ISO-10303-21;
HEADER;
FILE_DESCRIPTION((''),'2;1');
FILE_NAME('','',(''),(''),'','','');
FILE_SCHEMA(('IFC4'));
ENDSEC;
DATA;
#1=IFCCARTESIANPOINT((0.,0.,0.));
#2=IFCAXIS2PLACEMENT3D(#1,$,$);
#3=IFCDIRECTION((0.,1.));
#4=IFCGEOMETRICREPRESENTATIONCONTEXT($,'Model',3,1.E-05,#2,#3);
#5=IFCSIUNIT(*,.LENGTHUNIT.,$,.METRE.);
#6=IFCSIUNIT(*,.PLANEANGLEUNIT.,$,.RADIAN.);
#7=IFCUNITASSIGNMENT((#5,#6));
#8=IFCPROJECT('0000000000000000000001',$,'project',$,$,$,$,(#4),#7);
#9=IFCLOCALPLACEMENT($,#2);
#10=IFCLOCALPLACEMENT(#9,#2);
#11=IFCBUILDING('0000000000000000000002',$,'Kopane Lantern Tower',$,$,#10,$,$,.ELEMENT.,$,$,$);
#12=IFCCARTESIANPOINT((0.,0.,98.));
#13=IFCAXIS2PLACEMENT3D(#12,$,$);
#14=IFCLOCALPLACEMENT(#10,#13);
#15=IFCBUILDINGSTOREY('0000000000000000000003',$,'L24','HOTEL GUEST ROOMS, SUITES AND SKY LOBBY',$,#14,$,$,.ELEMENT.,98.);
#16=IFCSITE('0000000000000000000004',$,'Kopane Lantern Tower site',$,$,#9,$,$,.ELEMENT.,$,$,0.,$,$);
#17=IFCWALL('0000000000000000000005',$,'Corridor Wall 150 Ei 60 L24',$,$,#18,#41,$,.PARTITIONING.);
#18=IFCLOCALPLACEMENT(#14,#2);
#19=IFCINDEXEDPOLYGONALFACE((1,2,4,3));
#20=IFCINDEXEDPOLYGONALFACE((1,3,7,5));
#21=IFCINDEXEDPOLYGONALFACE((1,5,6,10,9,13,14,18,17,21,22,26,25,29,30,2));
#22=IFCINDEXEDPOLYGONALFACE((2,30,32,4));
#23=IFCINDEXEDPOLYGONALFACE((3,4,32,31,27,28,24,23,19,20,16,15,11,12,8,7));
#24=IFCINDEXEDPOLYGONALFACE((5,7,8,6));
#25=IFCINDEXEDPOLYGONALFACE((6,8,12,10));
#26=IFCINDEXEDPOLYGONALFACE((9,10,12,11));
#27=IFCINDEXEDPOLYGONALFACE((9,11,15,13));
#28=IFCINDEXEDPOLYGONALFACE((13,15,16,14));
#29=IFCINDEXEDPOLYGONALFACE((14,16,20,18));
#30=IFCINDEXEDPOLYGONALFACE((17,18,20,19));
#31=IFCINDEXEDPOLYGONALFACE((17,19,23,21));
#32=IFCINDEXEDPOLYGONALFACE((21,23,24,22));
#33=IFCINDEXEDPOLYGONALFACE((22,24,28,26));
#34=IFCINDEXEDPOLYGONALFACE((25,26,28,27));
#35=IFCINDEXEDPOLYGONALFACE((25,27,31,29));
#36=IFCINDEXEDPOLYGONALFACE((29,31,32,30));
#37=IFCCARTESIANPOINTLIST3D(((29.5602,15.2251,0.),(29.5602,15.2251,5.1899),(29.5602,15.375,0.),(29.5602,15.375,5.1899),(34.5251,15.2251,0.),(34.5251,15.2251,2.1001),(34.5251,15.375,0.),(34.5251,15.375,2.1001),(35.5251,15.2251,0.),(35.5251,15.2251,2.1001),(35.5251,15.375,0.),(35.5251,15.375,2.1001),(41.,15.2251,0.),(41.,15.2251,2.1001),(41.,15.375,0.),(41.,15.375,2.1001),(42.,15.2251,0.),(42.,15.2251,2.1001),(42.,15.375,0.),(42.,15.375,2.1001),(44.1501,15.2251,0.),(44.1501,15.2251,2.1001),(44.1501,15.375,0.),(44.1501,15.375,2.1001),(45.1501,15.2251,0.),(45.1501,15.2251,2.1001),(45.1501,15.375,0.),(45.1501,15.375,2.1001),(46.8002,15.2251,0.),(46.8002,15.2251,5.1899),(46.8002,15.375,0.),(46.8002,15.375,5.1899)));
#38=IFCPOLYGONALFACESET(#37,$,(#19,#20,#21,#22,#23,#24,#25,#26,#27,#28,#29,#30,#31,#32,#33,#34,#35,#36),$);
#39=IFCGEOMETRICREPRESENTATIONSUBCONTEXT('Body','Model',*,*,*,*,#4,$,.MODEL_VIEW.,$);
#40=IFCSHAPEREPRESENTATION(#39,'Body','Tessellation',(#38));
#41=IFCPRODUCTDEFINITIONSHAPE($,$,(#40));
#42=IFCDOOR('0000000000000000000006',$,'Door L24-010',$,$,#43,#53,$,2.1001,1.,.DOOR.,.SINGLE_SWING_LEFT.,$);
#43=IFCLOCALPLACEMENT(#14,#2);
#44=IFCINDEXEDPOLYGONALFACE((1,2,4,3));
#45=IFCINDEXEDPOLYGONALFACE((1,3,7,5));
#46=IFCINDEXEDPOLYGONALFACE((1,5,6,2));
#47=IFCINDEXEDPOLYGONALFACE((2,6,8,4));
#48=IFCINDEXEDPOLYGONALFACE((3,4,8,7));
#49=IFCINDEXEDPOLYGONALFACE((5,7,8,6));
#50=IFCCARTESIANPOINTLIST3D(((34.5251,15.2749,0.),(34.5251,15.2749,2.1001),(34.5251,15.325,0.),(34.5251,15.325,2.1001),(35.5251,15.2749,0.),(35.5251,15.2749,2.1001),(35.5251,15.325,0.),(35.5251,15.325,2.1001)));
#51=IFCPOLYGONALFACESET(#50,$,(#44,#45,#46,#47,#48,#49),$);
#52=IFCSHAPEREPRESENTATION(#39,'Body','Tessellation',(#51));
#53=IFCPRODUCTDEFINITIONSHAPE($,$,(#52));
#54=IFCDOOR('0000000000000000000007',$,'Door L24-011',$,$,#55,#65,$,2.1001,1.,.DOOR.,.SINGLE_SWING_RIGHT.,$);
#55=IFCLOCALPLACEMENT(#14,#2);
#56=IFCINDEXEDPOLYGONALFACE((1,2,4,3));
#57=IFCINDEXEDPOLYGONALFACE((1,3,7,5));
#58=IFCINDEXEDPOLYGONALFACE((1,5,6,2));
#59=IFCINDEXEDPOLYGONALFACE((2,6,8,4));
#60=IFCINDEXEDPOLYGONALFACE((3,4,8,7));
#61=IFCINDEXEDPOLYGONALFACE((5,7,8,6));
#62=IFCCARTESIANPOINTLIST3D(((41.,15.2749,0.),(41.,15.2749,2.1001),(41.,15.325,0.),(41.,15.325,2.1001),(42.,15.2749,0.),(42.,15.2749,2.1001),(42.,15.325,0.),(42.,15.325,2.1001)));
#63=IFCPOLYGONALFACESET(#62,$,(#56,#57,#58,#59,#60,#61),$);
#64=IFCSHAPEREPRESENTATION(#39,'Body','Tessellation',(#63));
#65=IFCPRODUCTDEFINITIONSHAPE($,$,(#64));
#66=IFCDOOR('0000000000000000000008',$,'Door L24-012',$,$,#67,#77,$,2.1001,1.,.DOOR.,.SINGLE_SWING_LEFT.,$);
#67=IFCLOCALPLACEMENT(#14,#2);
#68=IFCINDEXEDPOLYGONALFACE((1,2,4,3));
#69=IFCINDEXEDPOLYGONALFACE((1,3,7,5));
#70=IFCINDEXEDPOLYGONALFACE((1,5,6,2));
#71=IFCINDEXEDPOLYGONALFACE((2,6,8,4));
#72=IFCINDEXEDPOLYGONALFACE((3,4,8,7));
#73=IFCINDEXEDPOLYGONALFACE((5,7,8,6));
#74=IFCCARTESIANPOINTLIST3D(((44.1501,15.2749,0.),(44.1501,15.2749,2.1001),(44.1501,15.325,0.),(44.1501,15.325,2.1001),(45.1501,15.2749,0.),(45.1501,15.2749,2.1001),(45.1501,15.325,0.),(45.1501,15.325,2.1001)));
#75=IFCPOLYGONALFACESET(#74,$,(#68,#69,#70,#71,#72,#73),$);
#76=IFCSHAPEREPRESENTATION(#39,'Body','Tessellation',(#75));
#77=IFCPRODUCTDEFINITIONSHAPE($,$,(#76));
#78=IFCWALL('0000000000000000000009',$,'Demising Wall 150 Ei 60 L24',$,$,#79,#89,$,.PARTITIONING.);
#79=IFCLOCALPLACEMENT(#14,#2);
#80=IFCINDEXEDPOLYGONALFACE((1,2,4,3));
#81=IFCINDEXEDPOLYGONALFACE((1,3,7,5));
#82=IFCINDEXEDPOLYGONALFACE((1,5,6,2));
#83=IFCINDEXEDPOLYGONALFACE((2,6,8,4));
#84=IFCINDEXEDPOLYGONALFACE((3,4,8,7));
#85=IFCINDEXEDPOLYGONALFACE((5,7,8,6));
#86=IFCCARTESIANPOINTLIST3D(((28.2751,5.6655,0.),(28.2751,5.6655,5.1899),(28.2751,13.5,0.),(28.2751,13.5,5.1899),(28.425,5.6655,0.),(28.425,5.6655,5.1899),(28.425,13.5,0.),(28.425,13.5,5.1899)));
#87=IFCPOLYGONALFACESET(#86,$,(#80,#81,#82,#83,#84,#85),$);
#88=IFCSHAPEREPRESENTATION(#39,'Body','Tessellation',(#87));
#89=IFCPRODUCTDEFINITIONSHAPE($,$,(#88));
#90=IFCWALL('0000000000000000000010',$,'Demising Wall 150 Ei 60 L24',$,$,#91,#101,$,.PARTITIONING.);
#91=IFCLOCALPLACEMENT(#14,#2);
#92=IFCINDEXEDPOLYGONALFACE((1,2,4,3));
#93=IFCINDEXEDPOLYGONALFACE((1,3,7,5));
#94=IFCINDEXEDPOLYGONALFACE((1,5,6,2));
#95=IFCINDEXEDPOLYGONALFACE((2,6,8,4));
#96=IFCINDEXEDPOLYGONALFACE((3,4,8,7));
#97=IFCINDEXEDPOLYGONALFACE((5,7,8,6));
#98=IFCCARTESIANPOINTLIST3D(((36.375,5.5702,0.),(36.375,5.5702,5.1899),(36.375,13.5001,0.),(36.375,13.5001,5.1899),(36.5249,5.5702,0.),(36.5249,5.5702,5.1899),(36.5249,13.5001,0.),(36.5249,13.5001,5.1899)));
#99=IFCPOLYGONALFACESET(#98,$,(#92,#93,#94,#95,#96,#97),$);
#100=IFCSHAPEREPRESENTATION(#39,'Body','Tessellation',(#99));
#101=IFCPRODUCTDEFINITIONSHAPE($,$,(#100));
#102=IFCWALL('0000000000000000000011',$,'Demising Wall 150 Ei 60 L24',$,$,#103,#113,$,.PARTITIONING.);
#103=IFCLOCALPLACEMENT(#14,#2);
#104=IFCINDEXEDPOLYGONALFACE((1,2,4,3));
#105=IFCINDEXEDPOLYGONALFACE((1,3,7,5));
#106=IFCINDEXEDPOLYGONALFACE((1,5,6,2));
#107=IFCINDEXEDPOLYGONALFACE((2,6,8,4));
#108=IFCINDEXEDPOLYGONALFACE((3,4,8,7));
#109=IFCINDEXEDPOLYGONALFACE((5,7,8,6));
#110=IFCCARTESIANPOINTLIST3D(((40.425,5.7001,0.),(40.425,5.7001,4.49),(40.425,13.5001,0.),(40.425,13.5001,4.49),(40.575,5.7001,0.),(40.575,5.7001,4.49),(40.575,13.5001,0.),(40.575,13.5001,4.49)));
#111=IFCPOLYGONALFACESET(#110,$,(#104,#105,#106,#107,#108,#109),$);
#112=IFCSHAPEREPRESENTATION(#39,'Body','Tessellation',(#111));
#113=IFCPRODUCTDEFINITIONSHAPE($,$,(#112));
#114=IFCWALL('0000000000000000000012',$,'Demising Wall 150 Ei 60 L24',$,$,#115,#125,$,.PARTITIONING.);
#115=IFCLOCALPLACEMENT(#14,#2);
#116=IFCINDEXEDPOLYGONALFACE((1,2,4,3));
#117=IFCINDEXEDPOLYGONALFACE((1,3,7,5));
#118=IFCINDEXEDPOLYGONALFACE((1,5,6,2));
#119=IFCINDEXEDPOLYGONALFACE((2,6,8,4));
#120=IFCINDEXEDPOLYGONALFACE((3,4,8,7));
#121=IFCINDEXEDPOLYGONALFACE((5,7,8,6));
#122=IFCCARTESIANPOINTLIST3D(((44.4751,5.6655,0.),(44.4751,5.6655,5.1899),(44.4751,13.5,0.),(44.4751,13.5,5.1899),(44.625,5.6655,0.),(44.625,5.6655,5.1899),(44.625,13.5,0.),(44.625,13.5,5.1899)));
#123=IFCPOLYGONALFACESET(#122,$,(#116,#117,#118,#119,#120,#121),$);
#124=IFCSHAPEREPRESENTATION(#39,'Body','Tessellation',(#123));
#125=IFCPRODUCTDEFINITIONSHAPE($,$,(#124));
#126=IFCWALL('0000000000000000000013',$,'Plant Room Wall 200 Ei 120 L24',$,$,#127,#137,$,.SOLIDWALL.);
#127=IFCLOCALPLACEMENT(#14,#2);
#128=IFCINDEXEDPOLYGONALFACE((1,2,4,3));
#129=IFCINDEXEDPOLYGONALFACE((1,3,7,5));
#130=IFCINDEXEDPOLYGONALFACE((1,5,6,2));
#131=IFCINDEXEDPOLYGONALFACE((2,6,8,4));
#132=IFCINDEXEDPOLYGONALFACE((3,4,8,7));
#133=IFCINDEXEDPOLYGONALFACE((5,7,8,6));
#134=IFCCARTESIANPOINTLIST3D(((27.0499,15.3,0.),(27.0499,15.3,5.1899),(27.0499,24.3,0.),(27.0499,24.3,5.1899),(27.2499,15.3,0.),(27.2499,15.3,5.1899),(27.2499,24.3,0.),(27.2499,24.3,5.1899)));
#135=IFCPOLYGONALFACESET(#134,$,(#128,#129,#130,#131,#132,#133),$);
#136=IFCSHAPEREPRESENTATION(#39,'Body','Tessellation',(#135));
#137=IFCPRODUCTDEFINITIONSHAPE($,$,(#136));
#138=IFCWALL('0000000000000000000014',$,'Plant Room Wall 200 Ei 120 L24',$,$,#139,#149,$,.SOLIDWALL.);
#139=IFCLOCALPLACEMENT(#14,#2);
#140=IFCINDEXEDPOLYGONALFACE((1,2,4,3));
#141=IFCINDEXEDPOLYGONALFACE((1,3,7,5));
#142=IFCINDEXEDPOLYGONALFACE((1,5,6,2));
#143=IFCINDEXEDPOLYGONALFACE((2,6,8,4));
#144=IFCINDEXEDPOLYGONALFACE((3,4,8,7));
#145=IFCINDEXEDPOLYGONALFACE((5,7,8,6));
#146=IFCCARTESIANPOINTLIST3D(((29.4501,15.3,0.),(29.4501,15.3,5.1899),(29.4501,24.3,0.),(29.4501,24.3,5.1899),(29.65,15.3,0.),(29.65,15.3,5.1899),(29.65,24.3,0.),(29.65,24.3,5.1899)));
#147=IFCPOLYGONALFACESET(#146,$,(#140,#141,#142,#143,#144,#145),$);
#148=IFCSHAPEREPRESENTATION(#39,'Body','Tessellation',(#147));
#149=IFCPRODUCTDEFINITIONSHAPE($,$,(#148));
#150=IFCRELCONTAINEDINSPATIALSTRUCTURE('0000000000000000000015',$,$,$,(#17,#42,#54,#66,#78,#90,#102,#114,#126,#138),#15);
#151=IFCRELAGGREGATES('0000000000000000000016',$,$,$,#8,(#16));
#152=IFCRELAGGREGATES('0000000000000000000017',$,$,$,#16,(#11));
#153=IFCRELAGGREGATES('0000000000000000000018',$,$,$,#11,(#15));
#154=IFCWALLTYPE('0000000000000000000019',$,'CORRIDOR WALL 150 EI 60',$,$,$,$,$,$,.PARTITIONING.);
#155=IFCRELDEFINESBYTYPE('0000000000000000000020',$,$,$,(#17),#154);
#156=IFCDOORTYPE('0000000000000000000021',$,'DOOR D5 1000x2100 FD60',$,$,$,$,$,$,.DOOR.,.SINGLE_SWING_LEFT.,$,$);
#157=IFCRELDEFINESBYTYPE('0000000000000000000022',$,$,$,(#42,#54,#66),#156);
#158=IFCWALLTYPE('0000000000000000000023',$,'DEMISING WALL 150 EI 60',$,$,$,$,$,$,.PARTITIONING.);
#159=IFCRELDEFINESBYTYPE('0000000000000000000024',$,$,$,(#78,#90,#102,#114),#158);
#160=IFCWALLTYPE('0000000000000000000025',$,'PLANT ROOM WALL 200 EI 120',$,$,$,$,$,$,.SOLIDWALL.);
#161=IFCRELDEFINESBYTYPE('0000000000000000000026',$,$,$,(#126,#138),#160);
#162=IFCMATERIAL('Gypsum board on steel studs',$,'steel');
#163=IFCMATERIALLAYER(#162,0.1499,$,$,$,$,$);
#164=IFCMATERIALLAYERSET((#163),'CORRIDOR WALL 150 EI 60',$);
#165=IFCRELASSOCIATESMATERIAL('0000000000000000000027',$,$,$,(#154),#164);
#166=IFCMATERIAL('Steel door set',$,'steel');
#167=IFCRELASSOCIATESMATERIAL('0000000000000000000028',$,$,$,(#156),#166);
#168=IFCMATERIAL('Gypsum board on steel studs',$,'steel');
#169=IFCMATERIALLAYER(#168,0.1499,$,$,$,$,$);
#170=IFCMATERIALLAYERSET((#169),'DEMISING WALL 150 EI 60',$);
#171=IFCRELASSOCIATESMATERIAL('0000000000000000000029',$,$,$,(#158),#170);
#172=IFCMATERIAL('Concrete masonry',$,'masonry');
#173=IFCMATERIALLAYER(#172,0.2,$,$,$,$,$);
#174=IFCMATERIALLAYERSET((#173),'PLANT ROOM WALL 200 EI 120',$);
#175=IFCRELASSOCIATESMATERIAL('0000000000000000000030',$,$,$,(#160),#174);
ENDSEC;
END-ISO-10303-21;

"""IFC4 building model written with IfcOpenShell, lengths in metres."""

from ifc_helpers import new_model, si_unit, direction, frame, frame_2d, origin, place, context, subcontext, project, spatial, rectangle, extrude, material, layer, layer_set, type_object, element, fill, save


model = new_model("IFC4")

# Units and contexts
model_context = context("Model", 3, precision=1e-05, world=origin(), true_north=direction((0.0, 1.0)))
body_context = subcontext(model_context, "Body", "Model", "MODEL_VIEW")
ifc_project = project(units=[si_unit("LENGTHUNIT", "METRE"), si_unit("PLANEANGLEUNIT", "RADIAN")], contexts=[model_context])

# Site, building, storey
site_placement = place(None, origin())
site = spatial("IfcSite", under=ifc_project, at=site_placement, Name="Kopane Lantern Tower site", CompositionType="ELEMENT", RefElevation=0.0)
building_placement = place(site_placement, origin())
building = spatial("IfcBuilding", under=site, at=building_placement, Name="Kopane Lantern Tower", CompositionType="ELEMENT")
storey_placement = place(building_placement, frame((0.0, 0.0, 98.0)))
storey = spatial("IfcBuildingStorey", under=building, at=storey_placement, Name="L24", Description="HOTEL GUEST ROOMS, SUITES AND SKY LOBBY", CompositionType="ELEMENT", Elevation=98.0)

# Wall, openings, doors
ifc_material_1 = material(Name="Gypsum board on steel studs", Category="steel")
ifc_layer_1 = layer(ifc_material_1, 0.1499)
ifc_layer_set_1 = layer_set([ifc_layer_1], Name="CORRIDOR WALL 150 EI 60")
wall_type_1 = type_object("IfcWallType", Name="CORRIDOR WALL 150 EI 60", PredefinedType="PARTITIONING", material=ifc_layer_set_1)
wall_1_placement = place(storey_placement, frame((29.5601, 15.3, 0.0), z_axis=(0.0, 0.0, 1.0), x_axis=(1.0, 0.0, 0.0)))
wall_1 = element("IfcWall", 1, at=wall_1_placement, inside=storey, type_object=wall_type_1, Name="Corridor Wall 150 Ei 60 L24", PredefinedType="PARTITIONING", context=body_context, shape_type="SweptSolid", body=[
    extrude(rectangle(XDim=17.24, YDim=0.1499, at=frame_2d((8.6201, 0.0))), origin(), (0.0, 0.0, 1.0), 5.1899),
])
opening_1_placement = place(wall_1_placement, frame((4.9651, 0.0, 0.0)))
opening_1 = element("IfcOpeningElement", 2, at=opening_1_placement, cuts=wall_1, PredefinedType="OPENING", context=body_context, shape_type="SweptSolid", body=[
    extrude(rectangle(XDim=1.0, YDim=2.1001, at=frame_2d((0.5, 1.05))), frame((0.0, 0.085, 0.0), z_axis=(0.0, -1.0, 0.0), x_axis=(1.0, 0.0, 0.0)), (0.0, 0.0, 1.0), 0.1699),
])
opening_2_placement = place(wall_1_placement, frame((11.4399, 0.0, 0.0)))
opening_2 = element("IfcOpeningElement", 3, at=opening_2_placement, cuts=wall_1, PredefinedType="OPENING", context=body_context, shape_type="SweptSolid", body=[
    extrude(rectangle(XDim=1.0, YDim=2.1001, at=frame_2d((0.5, 1.05))), frame((0.0, 0.085, 0.0), z_axis=(0.0, -1.0, 0.0), x_axis=(1.0, 0.0, 0.0)), (0.0, 0.0, 1.0), 0.1699),
])
opening_3_placement = place(wall_1_placement, frame((14.5901, 0.0, 0.0)))
opening_3 = element("IfcOpeningElement", 4, at=opening_3_placement, cuts=wall_1, PredefinedType="OPENING", context=body_context, shape_type="SweptSolid", body=[
    extrude(rectangle(XDim=1.0, YDim=2.1001, at=frame_2d((0.5, 1.05))), frame((0.0, 0.085, 0.0), z_axis=(0.0, -1.0, 0.0), x_axis=(1.0, 0.0, 0.0)), (0.0, 0.0, 1.0), 0.1699),
])
ifc_material_2 = material(Name="Steel door set", Category="steel")
door_type_1 = type_object("IfcDoorType", Name="DOOR D5 1000x2100 FD60", OperationType="SINGLE_SWING_LEFT", PredefinedType="DOOR", material=ifc_material_2)
door_1_placement = place(opening_1_placement, origin())
door_1 = element("IfcDoor", 5, at=door_1_placement, inside=storey, type_object=door_type_1, Name="Door L24-010", OperationType="SINGLE_SWING_LEFT", OverallHeight=2.1001, OverallWidth=1.0, PredefinedType="DOOR", context=body_context, shape_type="SweptSolid", body=[
    extrude(rectangle(XDim=1.0, YDim=2.1001, at=frame_2d((0.5, 1.05))), frame((0.0, 0.0249, 0.0), z_axis=(0.0, -1.0, 0.0), x_axis=(1.0, 0.0, 0.0)), (0.0, 0.0, 1.0), 0.05),
])
fill(opening_1, door_1)
door_2_placement = place(opening_2_placement, origin())
door_2 = element("IfcDoor", 6, at=door_2_placement, inside=storey, type_object=door_type_1, Name="Door L24-011", OperationType="SINGLE_SWING_RIGHT", OverallHeight=2.1001, OverallWidth=1.0, PredefinedType="DOOR", context=body_context, shape_type="SweptSolid", body=[
    extrude(rectangle(XDim=1.0, YDim=2.1001, at=frame_2d((0.5, 1.05))), frame((0.0, 0.0249, 0.0), z_axis=(0.0, -1.0, 0.0), x_axis=(1.0, 0.0, 0.0)), (0.0, 0.0, 1.0), 0.05),
])
fill(opening_2, door_2)
door_3_placement = place(opening_3_placement, origin())
door_3 = element("IfcDoor", 7, at=door_3_placement, inside=storey, type_object=door_type_1, Name="Door L24-012", OperationType="SINGLE_SWING_LEFT", OverallHeight=2.1001, OverallWidth=1.0, PredefinedType="DOOR", context=body_context, shape_type="SweptSolid", body=[
    extrude(rectangle(XDim=1.0, YDim=2.1001, at=frame_2d((0.5, 1.05))), frame((0.0, 0.0249, 0.0), z_axis=(0.0, -1.0, 0.0), x_axis=(1.0, 0.0, 0.0)), (0.0, 0.0, 1.0), 0.05),
])
fill(opening_3, door_3)

# Walls
ifc_material_3 = material(Name="Gypsum board on steel studs", Category="steel")
ifc_layer_2 = layer(ifc_material_3, 0.1499)
ifc_layer_set_2 = layer_set([ifc_layer_2], Name="DEMISING WALL 150 EI 60")
wall_type_2 = type_object("IfcWallType", Name="DEMISING WALL 150 EI 60", PredefinedType="PARTITIONING", material=ifc_layer_set_2)
wall_2_placement = place(storey_placement, frame((28.3501, 13.5, 0.0), z_axis=(0.0, 0.0, 1.0), x_axis=(0.0, -1.0, 0.0)))
element("IfcWall", 8, at=wall_2_placement, inside=storey, type_object=wall_type_2, Name="Demising Wall 150 Ei 60 L24", PredefinedType="PARTITIONING", context=body_context, shape_type="SweptSolid", body=[
    extrude(rectangle(XDim=7.8345, YDim=0.1499, at=frame_2d((3.9172, 0.0))), origin(), (0.0, 0.0, 1.0), 5.1899),
])
wall_3_placement = place(storey_placement, frame((36.45, 13.5, 0.0), z_axis=(0.0, 0.0, 1.0), x_axis=(0.0, -1.0, 0.0)))
element("IfcWall", 9, at=wall_3_placement, inside=storey, type_object=wall_type_2, Name="Demising Wall 150 Ei 60 L24", PredefinedType="PARTITIONING", context=body_context, shape_type="SweptSolid", body=[
    extrude(rectangle(XDim=7.9299, YDim=0.1499, at=frame_2d((3.9648, 0.0))), origin(), (0.0, 0.0, 1.0), 5.1899),
])
wall_4_placement = place(storey_placement, frame((40.5, 13.5, 0.0), z_axis=(0.0, 0.0, 1.0), x_axis=(0.0, -1.0, 0.0)))
element("IfcWall", 10, at=wall_4_placement, inside=storey, type_object=wall_type_2, Name="Demising Wall 150 Ei 60 L24", PredefinedType="PARTITIONING", context=body_context, shape_type="SweptSolid", body=[
    extrude(rectangle(XDim=7.8, YDim=0.1499, at=frame_2d((3.8999, 0.0))), origin(), (0.0, 0.0, 1.0), 4.49),
])
wall_5_placement = place(storey_placement, frame((44.55, 13.5, 0.0), z_axis=(0.0, 0.0, 1.0), x_axis=(0.0, -1.0, 0.0)))
element("IfcWall", 11, at=wall_5_placement, inside=storey, type_object=wall_type_2, Name="Demising Wall 150 Ei 60 L24", PredefinedType="PARTITIONING", context=body_context, shape_type="SweptSolid", body=[
    extrude(rectangle(XDim=7.8345, YDim=0.1499, at=frame_2d((3.9172, 0.0))), origin(), (0.0, 0.0, 1.0), 5.1899),
])
ifc_material_4 = material(Name="Concrete masonry", Category="masonry")
ifc_layer_3 = layer(ifc_material_4, 0.2)
ifc_layer_set_3 = layer_set([ifc_layer_3], Name="PLANT ROOM WALL 200 EI 120")
wall_type_3 = type_object("IfcWallType", Name="PLANT ROOM WALL 200 EI 120", PredefinedType="SOLIDWALL", material=ifc_layer_set_3)
for number, where, z_axis, x_axis, name in (
    (12, (27.1499, 15.3, 0.0), (0.0, 0.0, 1.0), (0.0, 1.0, 0.0), "Plant Room Wall 200 Ei 120 L24"),
    (13, (29.55, 15.3, 0.0), (0.0, 0.0, 1.0), (0.0, 1.0, 0.0), "Plant Room Wall 200 Ei 120 L24"),
):
    element("IfcWall", number, at=place(storey_placement, frame(where, z_axis=z_axis, x_axis=x_axis)), inside=storey, type_object=wall_type_3, Name=name, PredefinedType="SOLIDWALL", context=body_context, shape_type="SweptSolid", body=[
        extrude(rectangle(XDim=9.0, YDim=0.2, at=frame_2d((4.5, 0.0))), origin(), (0.0, 0.0, 1.0), 5.1899),
    ])

save(model, "model.ifc")
